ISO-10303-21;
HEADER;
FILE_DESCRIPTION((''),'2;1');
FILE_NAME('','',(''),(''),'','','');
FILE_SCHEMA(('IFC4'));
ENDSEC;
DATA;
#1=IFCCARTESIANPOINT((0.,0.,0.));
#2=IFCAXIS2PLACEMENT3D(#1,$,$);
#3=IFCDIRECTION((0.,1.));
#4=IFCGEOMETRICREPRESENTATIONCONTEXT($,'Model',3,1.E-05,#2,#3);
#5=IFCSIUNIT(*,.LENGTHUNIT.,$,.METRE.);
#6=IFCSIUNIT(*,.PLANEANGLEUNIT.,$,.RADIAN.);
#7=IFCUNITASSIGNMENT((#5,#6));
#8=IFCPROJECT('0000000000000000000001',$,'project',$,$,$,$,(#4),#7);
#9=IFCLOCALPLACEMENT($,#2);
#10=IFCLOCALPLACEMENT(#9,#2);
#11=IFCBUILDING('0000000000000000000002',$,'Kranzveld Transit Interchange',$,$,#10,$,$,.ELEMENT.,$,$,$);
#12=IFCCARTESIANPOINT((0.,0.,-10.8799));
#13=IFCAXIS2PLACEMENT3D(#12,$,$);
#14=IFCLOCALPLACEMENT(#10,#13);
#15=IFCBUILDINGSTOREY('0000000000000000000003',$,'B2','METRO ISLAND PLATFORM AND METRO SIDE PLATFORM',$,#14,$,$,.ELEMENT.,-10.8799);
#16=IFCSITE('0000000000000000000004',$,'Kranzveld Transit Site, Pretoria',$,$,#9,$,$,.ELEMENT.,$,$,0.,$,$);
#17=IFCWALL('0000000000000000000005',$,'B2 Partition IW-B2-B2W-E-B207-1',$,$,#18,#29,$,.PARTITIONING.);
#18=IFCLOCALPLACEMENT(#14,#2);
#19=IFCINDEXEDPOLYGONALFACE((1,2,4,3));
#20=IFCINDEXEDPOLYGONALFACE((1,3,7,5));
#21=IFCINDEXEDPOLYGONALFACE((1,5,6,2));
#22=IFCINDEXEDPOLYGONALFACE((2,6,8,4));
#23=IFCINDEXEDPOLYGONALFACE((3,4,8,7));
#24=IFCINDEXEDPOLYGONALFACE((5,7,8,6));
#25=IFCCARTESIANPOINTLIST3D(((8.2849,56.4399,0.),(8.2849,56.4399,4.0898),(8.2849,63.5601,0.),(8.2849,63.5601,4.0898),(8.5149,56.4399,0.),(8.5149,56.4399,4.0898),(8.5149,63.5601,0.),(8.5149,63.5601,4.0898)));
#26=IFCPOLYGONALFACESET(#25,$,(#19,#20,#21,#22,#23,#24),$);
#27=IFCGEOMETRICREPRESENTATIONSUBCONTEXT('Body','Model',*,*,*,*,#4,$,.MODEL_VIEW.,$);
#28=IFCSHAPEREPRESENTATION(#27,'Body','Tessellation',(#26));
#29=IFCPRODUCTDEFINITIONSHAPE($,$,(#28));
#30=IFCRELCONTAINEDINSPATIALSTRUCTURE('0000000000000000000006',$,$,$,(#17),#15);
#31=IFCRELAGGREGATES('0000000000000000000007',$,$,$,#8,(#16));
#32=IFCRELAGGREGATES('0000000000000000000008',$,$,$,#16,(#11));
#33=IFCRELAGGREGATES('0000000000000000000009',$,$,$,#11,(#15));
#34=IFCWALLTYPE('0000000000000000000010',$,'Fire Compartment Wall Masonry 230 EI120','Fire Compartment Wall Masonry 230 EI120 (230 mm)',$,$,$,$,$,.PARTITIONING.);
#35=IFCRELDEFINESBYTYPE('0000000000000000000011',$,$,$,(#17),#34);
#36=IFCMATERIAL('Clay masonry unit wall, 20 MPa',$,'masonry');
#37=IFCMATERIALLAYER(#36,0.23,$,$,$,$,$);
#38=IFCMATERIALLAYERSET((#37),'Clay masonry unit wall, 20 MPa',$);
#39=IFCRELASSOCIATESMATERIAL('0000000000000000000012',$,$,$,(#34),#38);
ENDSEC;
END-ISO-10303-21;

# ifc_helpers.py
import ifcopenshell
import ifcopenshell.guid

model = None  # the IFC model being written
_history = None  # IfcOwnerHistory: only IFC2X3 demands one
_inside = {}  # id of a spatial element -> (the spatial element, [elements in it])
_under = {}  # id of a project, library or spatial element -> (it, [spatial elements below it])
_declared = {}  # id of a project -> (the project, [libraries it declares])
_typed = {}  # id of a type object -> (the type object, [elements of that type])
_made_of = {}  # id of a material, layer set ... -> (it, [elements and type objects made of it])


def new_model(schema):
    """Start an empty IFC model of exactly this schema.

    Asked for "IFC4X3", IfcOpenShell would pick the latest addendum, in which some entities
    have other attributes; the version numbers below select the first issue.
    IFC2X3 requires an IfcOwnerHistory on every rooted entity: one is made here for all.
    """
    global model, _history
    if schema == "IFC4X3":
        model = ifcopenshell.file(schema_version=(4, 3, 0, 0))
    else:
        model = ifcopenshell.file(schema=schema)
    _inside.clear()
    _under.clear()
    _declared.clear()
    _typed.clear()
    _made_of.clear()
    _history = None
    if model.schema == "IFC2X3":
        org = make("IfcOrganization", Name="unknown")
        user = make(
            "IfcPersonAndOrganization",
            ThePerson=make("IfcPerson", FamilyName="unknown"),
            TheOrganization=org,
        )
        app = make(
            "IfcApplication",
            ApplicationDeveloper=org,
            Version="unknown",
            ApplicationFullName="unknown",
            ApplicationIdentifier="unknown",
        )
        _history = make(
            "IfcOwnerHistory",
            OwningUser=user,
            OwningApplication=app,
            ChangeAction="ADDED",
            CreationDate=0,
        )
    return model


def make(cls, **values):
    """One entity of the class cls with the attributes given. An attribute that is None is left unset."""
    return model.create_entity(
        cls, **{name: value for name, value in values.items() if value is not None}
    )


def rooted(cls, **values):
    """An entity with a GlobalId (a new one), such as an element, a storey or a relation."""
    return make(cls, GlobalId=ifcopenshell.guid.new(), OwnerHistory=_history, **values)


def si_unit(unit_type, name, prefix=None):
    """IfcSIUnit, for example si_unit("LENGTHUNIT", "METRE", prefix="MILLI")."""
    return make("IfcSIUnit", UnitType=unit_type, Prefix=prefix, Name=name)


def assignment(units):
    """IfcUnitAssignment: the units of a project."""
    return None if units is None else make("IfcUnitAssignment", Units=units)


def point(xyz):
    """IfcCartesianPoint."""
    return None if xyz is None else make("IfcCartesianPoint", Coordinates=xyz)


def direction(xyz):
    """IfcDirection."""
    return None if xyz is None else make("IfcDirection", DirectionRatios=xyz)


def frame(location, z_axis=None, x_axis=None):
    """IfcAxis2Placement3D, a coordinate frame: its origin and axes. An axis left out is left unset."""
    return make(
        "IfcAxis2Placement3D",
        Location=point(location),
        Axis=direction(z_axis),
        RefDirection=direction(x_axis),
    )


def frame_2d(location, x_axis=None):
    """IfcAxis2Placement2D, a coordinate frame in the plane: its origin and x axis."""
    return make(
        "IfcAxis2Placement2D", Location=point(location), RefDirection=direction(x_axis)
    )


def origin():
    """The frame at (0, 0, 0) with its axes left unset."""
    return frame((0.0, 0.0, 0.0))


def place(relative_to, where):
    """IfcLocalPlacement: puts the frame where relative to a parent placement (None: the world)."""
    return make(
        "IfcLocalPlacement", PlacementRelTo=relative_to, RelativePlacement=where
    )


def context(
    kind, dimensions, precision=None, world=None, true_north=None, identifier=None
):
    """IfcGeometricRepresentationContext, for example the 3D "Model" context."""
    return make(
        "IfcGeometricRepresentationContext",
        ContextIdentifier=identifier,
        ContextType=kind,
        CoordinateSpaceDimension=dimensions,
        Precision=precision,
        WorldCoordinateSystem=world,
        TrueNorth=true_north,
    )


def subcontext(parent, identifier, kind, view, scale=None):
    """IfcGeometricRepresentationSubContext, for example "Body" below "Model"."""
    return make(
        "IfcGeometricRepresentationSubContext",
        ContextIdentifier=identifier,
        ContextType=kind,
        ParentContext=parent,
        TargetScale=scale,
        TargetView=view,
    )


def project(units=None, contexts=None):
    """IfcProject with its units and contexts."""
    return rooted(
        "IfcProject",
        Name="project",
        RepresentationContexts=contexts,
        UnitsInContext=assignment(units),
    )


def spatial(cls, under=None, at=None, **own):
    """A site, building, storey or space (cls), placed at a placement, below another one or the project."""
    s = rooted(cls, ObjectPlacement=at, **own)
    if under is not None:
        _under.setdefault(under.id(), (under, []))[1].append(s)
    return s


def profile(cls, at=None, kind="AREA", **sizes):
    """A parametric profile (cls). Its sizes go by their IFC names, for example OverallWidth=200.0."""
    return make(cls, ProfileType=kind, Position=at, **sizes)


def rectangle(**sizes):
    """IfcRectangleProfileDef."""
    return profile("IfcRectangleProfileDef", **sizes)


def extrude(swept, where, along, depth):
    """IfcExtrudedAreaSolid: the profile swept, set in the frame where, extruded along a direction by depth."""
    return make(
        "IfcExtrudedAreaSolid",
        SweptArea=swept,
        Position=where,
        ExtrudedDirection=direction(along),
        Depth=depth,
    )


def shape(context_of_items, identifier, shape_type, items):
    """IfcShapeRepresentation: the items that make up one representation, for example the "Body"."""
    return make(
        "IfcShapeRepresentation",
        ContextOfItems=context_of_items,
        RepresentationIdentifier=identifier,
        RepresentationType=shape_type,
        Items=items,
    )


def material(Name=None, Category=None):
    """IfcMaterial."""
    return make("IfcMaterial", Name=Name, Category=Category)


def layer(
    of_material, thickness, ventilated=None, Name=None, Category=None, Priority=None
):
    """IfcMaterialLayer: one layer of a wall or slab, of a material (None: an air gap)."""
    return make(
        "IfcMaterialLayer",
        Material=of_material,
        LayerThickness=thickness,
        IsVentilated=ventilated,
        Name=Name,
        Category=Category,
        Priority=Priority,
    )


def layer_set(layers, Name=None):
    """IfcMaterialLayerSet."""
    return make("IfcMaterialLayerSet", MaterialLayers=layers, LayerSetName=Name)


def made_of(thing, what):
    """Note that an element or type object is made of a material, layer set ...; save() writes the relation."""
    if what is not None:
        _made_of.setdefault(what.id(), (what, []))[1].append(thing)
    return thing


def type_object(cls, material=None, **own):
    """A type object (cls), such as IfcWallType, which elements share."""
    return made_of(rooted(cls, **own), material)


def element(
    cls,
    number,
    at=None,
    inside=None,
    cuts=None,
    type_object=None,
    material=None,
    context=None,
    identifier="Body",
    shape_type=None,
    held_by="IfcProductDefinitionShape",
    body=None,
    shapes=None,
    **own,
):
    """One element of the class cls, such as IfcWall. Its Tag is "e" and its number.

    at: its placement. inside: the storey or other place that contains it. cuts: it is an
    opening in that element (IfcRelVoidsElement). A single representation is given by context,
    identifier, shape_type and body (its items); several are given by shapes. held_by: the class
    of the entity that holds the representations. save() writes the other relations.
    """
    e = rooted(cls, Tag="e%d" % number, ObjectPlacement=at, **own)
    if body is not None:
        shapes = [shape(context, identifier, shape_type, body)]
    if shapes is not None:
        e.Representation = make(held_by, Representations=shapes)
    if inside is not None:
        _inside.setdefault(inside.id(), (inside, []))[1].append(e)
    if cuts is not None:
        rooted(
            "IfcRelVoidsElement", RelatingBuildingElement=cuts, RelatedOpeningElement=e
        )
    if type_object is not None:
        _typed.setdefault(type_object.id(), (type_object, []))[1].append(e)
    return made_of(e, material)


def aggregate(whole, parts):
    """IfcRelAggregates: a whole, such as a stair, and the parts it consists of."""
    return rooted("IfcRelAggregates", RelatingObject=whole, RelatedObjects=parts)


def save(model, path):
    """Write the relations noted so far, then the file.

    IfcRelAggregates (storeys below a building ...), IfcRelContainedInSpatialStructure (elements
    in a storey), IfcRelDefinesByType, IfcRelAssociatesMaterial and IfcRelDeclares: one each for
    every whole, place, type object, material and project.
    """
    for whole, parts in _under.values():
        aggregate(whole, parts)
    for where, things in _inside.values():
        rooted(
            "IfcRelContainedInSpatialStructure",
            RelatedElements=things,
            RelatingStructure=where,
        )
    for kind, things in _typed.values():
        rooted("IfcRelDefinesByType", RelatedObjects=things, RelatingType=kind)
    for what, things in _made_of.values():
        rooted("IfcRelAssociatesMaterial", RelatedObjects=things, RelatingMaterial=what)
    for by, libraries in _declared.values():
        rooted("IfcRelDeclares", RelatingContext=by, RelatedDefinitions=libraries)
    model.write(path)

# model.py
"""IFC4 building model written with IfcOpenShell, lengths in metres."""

from ifc_helpers import new_model, si_unit, direction, frame, frame_2d, origin, place, context, subcontext, project, spatial, rectangle, extrude, material, layer, layer_set, type_object, element, save


model = new_model("IFC4")

# Units and contexts
model_context = context("Model", 3, precision=1e-05, world=origin(), true_north=direction((0.0, 1.0)))
body_context = subcontext(model_context, "Body", "Model", "MODEL_VIEW")
ifc_project = project(units=[si_unit("LENGTHUNIT", "METRE"), si_unit("PLANEANGLEUNIT", "RADIAN")], contexts=[model_context])

# Site, building, storey
site_placement = place(None, origin())
site = spatial("IfcSite", under=ifc_project, at=site_placement, Name="Kranzveld Transit Site, Pretoria", CompositionType="ELEMENT", RefElevation=0.0)
building_placement = place(site_placement, origin())
building = spatial("IfcBuilding", under=site, at=building_placement, Name="Kranzveld Transit Interchange", CompositionType="ELEMENT")
storey_placement = place(building_placement, frame((0.0, 0.0, -10.8799)))
storey = spatial("IfcBuildingStorey", under=building, at=storey_placement, Name="B2", Description="METRO ISLAND PLATFORM AND METRO SIDE PLATFORM", CompositionType="ELEMENT", Elevation=-10.8799)

# Shared definitions
ifc_material_1 = material(Name="Clay masonry unit wall, 20 MPa", Category="masonry")
ifc_layer_1 = layer(ifc_material_1, 0.23)
ifc_layer_set_1 = layer_set([ifc_layer_1], Name="Clay masonry unit wall, 20 MPa")
wall_type_1 = type_object("IfcWallType", Name="Fire Compartment Wall Masonry 230 EI120", Description="Fire Compartment Wall Masonry 230 EI120 (230 mm)", PredefinedType="PARTITIONING", material=ifc_layer_set_1)

# Wall
wall_1_placement = place(storey_placement, frame((8.3999, 56.4399, 0.0), z_axis=(0.0, 0.0, 1.0), x_axis=(0.0, 1.0, 0.0)))
element("IfcWall", 1, at=wall_1_placement, inside=storey, type_object=wall_type_1, Name="B2 Partition IW-B2-B2W-E-B207-1", PredefinedType="PARTITIONING", context=body_context, shape_type="SweptSolid", body=[
    extrude(rectangle(XDim=7.1201, YDim=0.23, at=frame_2d((3.5601, 0.0))), origin(), (0.0, 0.0, 1.0), 4.0898),
])

save(model, "model.ifc")
